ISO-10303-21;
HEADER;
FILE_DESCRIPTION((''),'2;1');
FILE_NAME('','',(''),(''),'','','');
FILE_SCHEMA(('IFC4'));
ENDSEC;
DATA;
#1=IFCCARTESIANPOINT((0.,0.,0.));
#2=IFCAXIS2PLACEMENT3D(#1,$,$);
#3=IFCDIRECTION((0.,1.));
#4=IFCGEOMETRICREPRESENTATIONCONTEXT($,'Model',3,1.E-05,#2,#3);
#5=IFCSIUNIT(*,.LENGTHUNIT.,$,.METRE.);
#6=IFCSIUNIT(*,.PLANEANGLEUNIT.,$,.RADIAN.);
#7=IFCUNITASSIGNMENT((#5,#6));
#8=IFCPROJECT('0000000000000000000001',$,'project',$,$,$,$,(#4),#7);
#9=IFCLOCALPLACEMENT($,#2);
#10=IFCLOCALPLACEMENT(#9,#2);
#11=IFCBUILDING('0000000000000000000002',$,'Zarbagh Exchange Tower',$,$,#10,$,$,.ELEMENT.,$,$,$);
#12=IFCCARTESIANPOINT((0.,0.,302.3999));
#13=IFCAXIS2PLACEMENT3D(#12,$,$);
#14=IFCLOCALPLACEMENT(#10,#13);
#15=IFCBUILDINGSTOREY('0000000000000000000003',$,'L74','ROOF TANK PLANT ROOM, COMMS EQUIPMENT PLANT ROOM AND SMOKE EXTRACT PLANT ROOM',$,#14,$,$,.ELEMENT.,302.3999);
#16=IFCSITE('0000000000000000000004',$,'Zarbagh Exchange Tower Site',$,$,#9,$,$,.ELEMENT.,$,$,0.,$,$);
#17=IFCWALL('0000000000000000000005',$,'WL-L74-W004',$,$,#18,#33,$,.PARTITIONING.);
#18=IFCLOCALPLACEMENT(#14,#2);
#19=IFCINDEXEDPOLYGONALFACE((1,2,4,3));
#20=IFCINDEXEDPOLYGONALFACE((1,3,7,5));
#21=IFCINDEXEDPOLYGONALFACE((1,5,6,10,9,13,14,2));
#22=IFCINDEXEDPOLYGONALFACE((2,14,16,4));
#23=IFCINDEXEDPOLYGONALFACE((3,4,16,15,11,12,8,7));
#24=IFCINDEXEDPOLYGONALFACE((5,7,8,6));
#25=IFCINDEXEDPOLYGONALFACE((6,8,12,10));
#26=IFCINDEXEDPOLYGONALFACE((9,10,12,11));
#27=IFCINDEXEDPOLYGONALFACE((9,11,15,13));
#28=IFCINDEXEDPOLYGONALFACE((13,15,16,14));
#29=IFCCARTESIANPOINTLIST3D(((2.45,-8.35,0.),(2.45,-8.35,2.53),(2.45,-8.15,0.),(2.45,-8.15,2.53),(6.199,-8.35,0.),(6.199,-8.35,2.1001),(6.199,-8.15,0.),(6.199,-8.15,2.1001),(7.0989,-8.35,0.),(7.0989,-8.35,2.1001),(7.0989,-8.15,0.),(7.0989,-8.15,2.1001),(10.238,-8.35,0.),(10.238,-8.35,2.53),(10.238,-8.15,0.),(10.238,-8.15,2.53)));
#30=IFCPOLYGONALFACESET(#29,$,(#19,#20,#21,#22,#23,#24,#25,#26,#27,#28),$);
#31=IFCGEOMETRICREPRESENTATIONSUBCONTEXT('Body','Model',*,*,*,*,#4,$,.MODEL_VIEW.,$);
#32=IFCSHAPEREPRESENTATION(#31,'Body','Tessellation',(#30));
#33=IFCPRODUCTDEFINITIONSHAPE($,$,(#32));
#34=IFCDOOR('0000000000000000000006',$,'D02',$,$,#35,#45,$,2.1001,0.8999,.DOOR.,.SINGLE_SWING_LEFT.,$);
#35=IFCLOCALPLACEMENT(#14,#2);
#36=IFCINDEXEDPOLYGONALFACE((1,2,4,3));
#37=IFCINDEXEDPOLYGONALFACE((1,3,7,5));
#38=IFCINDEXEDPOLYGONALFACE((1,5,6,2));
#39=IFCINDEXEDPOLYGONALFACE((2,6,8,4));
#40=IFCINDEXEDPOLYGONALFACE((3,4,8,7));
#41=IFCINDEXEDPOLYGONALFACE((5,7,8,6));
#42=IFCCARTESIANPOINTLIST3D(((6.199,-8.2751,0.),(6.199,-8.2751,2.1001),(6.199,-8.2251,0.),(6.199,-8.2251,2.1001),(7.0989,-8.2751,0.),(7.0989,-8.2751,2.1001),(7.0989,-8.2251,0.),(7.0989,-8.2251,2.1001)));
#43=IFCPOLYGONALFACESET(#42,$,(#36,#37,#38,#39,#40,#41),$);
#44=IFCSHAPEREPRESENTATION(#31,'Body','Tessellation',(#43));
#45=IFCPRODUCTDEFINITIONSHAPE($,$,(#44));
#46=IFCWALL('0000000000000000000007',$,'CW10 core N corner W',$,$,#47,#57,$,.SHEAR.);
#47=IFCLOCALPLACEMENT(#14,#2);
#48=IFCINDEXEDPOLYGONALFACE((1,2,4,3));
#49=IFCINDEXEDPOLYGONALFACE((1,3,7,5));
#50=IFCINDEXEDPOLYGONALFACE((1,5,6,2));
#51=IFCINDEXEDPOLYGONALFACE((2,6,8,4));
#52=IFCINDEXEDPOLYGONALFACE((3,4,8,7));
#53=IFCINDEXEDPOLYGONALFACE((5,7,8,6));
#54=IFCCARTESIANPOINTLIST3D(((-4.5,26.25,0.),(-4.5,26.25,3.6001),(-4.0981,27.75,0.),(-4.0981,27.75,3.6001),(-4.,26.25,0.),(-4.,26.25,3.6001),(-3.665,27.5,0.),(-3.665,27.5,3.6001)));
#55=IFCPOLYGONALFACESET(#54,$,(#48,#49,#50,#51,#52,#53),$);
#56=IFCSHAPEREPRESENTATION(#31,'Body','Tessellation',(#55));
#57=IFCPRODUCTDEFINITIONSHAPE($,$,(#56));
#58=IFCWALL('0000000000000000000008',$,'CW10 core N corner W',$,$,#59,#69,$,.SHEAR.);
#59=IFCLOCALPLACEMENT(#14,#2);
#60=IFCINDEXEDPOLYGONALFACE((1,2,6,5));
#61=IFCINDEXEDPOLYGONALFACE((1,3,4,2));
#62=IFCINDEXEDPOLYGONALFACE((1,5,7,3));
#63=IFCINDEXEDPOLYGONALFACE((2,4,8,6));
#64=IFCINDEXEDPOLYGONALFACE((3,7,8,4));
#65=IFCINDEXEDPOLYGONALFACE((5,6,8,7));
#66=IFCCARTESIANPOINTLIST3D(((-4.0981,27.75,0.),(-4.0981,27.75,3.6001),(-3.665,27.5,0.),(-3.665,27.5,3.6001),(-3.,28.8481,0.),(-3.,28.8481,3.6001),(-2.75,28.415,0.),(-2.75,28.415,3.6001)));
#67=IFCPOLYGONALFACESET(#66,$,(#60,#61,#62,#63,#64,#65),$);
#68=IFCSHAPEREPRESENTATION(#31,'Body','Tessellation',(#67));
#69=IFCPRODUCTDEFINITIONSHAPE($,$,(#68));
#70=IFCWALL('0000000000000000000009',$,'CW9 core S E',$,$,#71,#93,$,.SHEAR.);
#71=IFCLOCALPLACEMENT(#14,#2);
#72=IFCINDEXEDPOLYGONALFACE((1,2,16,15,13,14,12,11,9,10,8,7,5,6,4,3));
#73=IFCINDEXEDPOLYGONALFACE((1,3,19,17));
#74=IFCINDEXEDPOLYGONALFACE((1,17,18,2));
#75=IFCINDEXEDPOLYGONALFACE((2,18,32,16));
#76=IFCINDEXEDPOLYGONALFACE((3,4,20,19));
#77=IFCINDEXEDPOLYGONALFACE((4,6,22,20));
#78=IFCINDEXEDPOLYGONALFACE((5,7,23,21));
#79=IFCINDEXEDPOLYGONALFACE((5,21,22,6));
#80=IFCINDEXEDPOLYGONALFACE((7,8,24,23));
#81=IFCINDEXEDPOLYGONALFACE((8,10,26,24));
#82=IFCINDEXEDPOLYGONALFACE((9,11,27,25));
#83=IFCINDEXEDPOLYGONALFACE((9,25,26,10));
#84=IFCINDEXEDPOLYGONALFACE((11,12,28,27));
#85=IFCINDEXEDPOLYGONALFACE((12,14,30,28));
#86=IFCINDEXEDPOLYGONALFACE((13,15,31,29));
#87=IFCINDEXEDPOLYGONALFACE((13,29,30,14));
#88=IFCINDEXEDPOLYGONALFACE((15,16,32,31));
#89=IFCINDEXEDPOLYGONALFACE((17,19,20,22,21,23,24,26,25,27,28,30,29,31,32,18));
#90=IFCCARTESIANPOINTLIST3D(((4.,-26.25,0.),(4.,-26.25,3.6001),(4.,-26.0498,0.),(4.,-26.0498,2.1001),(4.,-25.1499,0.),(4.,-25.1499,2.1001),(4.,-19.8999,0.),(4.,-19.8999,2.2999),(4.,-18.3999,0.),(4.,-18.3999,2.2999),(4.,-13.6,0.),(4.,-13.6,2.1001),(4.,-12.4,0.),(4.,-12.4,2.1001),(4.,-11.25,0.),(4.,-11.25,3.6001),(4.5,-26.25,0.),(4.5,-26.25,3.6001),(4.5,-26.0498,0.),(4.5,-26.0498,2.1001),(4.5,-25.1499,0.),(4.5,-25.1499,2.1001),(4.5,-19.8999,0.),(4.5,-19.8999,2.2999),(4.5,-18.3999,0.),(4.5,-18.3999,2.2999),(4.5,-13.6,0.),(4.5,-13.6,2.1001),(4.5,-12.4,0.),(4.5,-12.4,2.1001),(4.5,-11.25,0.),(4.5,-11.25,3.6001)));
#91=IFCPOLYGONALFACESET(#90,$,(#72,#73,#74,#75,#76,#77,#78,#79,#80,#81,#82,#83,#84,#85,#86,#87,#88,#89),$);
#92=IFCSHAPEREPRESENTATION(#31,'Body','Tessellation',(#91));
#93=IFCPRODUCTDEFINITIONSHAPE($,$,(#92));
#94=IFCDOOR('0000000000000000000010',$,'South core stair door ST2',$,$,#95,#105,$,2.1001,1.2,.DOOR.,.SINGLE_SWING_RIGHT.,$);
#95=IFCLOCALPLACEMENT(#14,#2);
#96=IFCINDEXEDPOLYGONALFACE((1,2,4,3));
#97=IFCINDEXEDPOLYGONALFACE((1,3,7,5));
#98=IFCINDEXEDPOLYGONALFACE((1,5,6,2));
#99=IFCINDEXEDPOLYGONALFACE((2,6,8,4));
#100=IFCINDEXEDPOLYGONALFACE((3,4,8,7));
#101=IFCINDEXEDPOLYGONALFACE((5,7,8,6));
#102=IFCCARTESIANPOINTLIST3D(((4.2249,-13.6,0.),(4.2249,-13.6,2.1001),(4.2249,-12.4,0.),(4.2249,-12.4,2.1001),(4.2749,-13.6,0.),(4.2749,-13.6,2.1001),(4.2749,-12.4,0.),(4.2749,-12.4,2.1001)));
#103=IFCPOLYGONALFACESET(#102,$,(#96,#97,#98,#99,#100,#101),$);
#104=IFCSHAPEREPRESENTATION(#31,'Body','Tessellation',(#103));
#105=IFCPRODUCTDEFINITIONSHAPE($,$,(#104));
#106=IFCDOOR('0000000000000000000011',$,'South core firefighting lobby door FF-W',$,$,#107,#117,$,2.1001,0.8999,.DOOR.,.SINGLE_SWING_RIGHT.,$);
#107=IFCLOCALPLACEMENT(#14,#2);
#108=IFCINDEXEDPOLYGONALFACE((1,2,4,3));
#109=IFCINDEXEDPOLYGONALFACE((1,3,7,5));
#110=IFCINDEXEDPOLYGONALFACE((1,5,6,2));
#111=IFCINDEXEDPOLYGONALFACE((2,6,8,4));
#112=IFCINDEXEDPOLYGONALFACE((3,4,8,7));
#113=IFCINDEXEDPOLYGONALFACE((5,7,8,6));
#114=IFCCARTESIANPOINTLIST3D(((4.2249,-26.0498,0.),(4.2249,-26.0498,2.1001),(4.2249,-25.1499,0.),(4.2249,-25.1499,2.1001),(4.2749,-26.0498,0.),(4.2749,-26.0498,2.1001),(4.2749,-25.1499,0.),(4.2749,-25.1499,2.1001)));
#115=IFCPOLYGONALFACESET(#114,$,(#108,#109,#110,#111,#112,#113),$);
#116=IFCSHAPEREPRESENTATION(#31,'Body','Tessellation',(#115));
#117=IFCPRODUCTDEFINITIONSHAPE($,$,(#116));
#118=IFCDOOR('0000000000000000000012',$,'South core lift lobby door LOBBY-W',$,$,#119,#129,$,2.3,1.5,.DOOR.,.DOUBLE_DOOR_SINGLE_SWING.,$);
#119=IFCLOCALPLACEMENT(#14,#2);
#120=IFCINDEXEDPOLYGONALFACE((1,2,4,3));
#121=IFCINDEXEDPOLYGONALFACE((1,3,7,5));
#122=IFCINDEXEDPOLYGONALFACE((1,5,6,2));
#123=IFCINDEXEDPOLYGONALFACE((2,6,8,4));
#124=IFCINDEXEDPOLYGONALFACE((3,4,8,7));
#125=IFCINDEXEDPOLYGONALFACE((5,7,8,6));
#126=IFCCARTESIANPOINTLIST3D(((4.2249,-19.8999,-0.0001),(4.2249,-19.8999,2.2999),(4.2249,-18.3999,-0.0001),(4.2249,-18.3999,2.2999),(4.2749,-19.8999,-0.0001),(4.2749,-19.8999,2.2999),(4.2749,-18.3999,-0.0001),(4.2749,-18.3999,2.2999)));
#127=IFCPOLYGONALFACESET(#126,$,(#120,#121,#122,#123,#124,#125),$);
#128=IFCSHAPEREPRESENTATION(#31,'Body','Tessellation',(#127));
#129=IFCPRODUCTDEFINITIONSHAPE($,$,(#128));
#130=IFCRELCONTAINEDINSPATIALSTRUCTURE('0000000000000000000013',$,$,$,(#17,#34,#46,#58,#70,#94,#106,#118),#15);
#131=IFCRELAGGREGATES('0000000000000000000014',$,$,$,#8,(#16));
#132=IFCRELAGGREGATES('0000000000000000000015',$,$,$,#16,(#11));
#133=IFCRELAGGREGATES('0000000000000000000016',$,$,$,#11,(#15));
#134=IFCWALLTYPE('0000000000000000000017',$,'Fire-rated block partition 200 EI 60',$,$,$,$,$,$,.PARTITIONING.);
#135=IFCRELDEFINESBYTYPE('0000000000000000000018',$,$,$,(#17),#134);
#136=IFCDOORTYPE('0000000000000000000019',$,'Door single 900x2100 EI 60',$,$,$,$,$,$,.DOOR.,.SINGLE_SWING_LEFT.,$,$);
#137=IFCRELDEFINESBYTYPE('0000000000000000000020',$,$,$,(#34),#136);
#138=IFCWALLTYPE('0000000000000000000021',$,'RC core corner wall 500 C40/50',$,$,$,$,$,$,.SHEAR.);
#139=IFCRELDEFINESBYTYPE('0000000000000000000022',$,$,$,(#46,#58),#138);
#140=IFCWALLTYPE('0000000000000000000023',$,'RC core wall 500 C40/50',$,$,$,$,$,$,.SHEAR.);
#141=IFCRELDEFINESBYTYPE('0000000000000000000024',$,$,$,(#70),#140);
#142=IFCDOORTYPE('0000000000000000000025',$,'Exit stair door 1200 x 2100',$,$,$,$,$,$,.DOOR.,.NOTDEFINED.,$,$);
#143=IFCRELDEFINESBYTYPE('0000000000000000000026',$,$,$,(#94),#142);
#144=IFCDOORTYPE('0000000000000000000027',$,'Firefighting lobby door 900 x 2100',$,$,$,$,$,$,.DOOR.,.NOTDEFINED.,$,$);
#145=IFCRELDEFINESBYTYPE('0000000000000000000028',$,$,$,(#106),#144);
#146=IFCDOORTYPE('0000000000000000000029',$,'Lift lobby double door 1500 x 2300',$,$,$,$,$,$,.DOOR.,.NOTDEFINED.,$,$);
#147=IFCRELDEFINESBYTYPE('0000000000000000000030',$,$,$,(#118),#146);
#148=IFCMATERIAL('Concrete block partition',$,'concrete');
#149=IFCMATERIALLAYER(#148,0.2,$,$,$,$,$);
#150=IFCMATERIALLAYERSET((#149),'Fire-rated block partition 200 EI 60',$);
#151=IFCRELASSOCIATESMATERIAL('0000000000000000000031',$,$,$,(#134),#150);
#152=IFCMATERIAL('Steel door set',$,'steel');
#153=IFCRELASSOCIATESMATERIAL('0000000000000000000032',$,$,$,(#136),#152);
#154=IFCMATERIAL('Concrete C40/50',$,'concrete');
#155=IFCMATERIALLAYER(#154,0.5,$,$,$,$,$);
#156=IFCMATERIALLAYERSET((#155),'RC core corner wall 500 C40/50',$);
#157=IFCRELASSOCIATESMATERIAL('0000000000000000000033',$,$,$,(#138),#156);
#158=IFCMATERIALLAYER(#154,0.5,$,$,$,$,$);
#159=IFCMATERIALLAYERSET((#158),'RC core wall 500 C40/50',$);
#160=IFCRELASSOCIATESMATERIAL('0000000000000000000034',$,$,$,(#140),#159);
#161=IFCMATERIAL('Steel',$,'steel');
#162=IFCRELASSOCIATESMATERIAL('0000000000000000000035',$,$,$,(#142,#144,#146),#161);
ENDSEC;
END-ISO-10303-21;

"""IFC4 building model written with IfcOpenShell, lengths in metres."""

from ifc_helpers import new_model, si_unit, direction, frame, frame_2d, origin, place, context, subcontext, project, spatial, polyline, rectangle, outline, extrude, material, layer, layer_set, type_object, element, fill, save


model = new_model("IFC4")

# Units and contexts
model_context = context("Model", 3, precision=1e-05, world=origin(), true_north=direction((0.0, 1.0)))
body_context = subcontext(model_context, "Body", "Model", "MODEL_VIEW")
ifc_project = project(units=[si_unit("LENGTHUNIT", "METRE"), si_unit("PLANEANGLEUNIT", "RADIAN")], contexts=[model_context])

# Site, building, storey
site_placement = place(None, origin())
site = spatial("IfcSite", under=ifc_project, at=site_placement, Name="Zarbagh Exchange Tower Site", CompositionType="ELEMENT", RefElevation=0.0)
building_placement = place(site_placement, origin())
building = spatial("IfcBuilding", under=site, at=building_placement, Name="Zarbagh Exchange Tower", CompositionType="ELEMENT")
storey_placement = place(building_placement, frame((0.0, 0.0, 302.3999)))
storey = spatial("IfcBuildingStorey", under=building, at=storey_placement, Name="L74", Description="ROOF TANK PLANT ROOM, COMMS EQUIPMENT PLANT ROOM AND SMOKE EXTRACT PLANT ROOM", CompositionType="ELEMENT", Elevation=302.3999)

# Shared definitions
ifc_material_1 = material(Name="Concrete C40/50", Category="concrete")

# Wall, opening, door
ifc_material_2 = material(Name="Concrete block partition", Category="concrete")
ifc_layer_1 = layer(ifc_material_2, 0.2)
ifc_layer_set_1 = layer_set([ifc_layer_1], Name="Fire-rated block partition 200 EI 60")
wall_type_1 = type_object("IfcWallType", Name="Fire-rated block partition 200 EI 60", PredefinedType="PARTITIONING", material=ifc_layer_set_1)
wall_1_placement = place(storey_placement, frame((2.45, -8.25, 0.0), z_axis=(0.0, 0.0, 1.0), x_axis=(1.0, 0.0, 0.0)))
wall_1 = element("IfcWall", 1, at=wall_1_placement, inside=storey, type_object=wall_type_1, Name="WL-L74-W004", PredefinedType="PARTITIONING", context=body_context, shape_type="SweptSolid", body=[
    extrude(rectangle(XDim=7.7881, YDim=0.2, at=frame_2d((3.894, 0.0))), origin(), (0.0, 0.0, 1.0), 2.53),
])
opening_1_placement = place(wall_1_placement, frame((3.749, 0.0, 0.0)))
opening_1 = element("IfcOpeningElement", 2, at=opening_1_placement, cuts=wall_1, PredefinedType="OPENING", context=body_context, shape_type="SweptSolid", body=[
    extrude(rectangle(XDim=0.8999, YDim=2.1001, at=frame_2d((0.45, 1.05))), frame((0.0, 0.1099, 0.0), z_axis=(0.0, -1.0, 0.0), x_axis=(1.0, 0.0, 0.0)), (0.0, 0.0, 1.0), 0.22),
])
ifc_material_3 = material(Name="Steel door set", Category="steel")
door_type_1 = type_object("IfcDoorType", Name="Door single 900x2100 EI 60", OperationType="SINGLE_SWING_LEFT", PredefinedType="DOOR", material=ifc_material_3)
door_1_placement = place(opening_1_placement, origin())
door_1 = element("IfcDoor", 3, at=door_1_placement, inside=storey, type_object=door_type_1, Name="D02", OperationType="SINGLE_SWING_LEFT", OverallHeight=2.1001, OverallWidth=0.8999, PredefinedType="DOOR", context=body_context, shape_type="SweptSolid", body=[
    extrude(rectangle(XDim=0.8999, YDim=2.1001, at=frame_2d((0.45, 1.05))), frame((0.0, 0.0249, 0.0), z_axis=(0.0, -1.0, 0.0), x_axis=(1.0, 0.0, 0.0)), (0.0, 0.0, 1.0), 0.05),
])
fill(opening_1, door_1)

# Walls
ifc_layer_2 = layer(ifc_material_1, 0.5)
ifc_layer_set_2 = layer_set([ifc_layer_2], Name="RC core corner wall 500 C40/50")
wall_type_2 = type_object("IfcWallType", Name="RC core corner wall 500 C40/50", PredefinedType="SHEAR", material=ifc_layer_set_2)
wall_2_placement = place(storey_placement, origin())
element("IfcWall", 4, at=wall_2_placement, inside=storey, type_object=wall_type_2, Name="CW10 core N corner W", PredefinedType="SHEAR", context=body_context, shape_type="SweptSolid", body=[
    extrude(outline(polyline([(-4.5, 26.25), (-4.0981, 27.75), (-3.665, 27.5), (-4.0, 26.25), (-4.5, 26.25)])), origin(), (0.0, 0.0, 1.0), 3.6001),
])
wall_3_placement = place(storey_placement, origin())
element("IfcWall", 5, at=wall_3_placement, inside=storey, type_object=wall_type_2, Name="CW10 core N corner W", PredefinedType="SHEAR", context=body_context, shape_type="SweptSolid", body=[
    extrude(outline(polyline([(-4.0981, 27.75), (-3.0, 28.8481), (-2.75, 28.415), (-3.665, 27.5), (-4.0981, 27.75)])), origin(), (0.0, 0.0, 1.0), 3.6001),
])

# Wall, openings, doors
ifc_layer_3 = layer(ifc_material_1, 0.5)
ifc_layer_set_3 = layer_set([ifc_layer_3], Name="RC core wall 500 C40/50")
wall_type_3 = type_object("IfcWallType", Name="RC core wall 500 C40/50", PredefinedType="SHEAR", material=ifc_layer_set_3)
wall_4_placement = place(storey_placement, frame((4.25, -11.25, 0.0), z_axis=(0.0, 0.0, 1.0), x_axis=(0.0, -1.0, 0.0)))
wall_4 = element("IfcWall", 6, at=wall_4_placement, inside=storey, type_object=wall_type_3, Name="CW9 core S E", PredefinedType="SHEAR", context=body_context, shape_type="SweptSolid", body=[
    extrude(rectangle(XDim=15.0, YDim=0.5, at=frame_2d((7.5, 0.0))), origin(), (0.0, 0.0, 1.0), 3.6001),
])
opening_2_placement = place(wall_4_placement, frame((7.1499, 0.0, 0.0)))
opening_2 = element("IfcOpeningElement", 7, at=opening_2_placement, cuts=wall_4, PredefinedType="OPENING", context=body_context, shape_type="SweptSolid", body=[
    extrude(rectangle(XDim=1.5, YDim=2.3, at=frame_2d((0.75, 1.1499))), frame((0.0, 0.26, 0.0), z_axis=(0.0, -1.0, 0.0), x_axis=(1.0, 0.0, 0.0)), (0.0, 0.0, 1.0), 0.52),
])
opening_3_placement = place(wall_4_placement, frame((13.8999, 0.0, 0.0)))
opening_3 = element("IfcOpeningElement", 8, at=opening_3_placement, cuts=wall_4, PredefinedType="OPENING", context=body_context, shape_type="SweptSolid", body=[
    extrude(rectangle(XDim=0.8999, YDim=2.1001, at=frame_2d((0.45, 1.05))), frame((0.0, 0.26, 0.0), z_axis=(0.0, -1.0, 0.0), x_axis=(1.0, 0.0, 0.0)), (0.0, 0.0, 1.0), 0.52),
])
opening_4_placement = place(wall_4_placement, frame((1.1499, 0.0, 0.0)))
opening_4 = element("IfcOpeningElement", 9, at=opening_4_placement, cuts=wall_4, PredefinedType="OPENING", context=body_context, shape_type="SweptSolid", body=[
    extrude(rectangle(XDim=1.2, YDim=2.1001, at=frame_2d((0.6001, 1.05))), frame((0.0, 0.26, 0.0), z_axis=(0.0, -1.0, 0.0), x_axis=(1.0, 0.0, 0.0)), (0.0, 0.0, 1.0), 0.52),
])
ifc_material_4 = material(Name="Steel", Category="steel")
door_type_2 = type_object("IfcDoorType", Name="Exit stair door 1200 x 2100", OperationType="NOTDEFINED", PredefinedType="DOOR", material=ifc_material_4)
door_2_placement = place(opening_4_placement, origin())
door_2 = element("IfcDoor", 10, at=door_2_placement, inside=storey, type_object=door_type_2, Name="South core stair door ST2", OperationType="SINGLE_SWING_RIGHT", OverallHeight=2.1001, OverallWidth=1.2, PredefinedType="DOOR", context=body_context, shape_type="SweptSolid", body=[
    extrude(rectangle(XDim=1.2, YDim=2.1001, at=frame_2d((0.6001, 1.05))), frame((0.0, 0.0249, 0.0), z_axis=(0.0, -1.0, 0.0), x_axis=(1.0, 0.0, 0.0)), (0.0, 0.0, 1.0), 0.05),
])
fill(opening_4, door_2)
door_type_3 = type_object("IfcDoorType", Name="Firefighting lobby door 900 x 2100", OperationType="NOTDEFINED", PredefinedType="DOOR", material=ifc_material_4)
door_3_placement = place(opening_3_placement, origin())
door_3 = element("IfcDoor", 11, at=door_3_placement, inside=storey, type_object=door_type_3, Name="South core firefighting lobby door FF-W", OperationType="SINGLE_SWING_RIGHT", OverallHeight=2.1001, OverallWidth=0.8999, PredefinedType="DOOR", context=body_context, shape_type="SweptSolid", body=[
    extrude(rectangle(XDim=0.8999, YDim=2.1001, at=frame_2d((0.45, 1.05))), frame((0.0, 0.0249, 0.0), z_axis=(0.0, -1.0, 0.0), x_axis=(1.0, 0.0, 0.0)), (0.0, 0.0, 1.0), 0.05),
])
fill(opening_3, door_3)
door_type_4 = type_object("IfcDoorType", Name="Lift lobby double door 1500 x 2300", OperationType="NOTDEFINED", PredefinedType="DOOR", material=ifc_material_4)
door_4_placement = place(opening_2_placement, origin())
door_4 = element("IfcDoor", 12, at=door_4_placement, inside=storey, type_object=door_type_4, Name="South core lift lobby door LOBBY-W", OperationType="DOUBLE_DOOR_SINGLE_SWING", OverallHeight=2.3, OverallWidth=1.5, PredefinedType="DOOR", context=body_context, shape_type="SweptSolid", body=[
    extrude(rectangle(XDim=1.5, YDim=2.3, at=frame_2d((0.75, 1.1499))), frame((0.0, 0.0249, 0.0), z_axis=(0.0, -1.0, 0.0), x_axis=(1.0, 0.0, 0.0)), (0.0, 0.0, 1.0), 0.05),
])
fill(opening_2, door_4)

save(model, "model.ifc")
